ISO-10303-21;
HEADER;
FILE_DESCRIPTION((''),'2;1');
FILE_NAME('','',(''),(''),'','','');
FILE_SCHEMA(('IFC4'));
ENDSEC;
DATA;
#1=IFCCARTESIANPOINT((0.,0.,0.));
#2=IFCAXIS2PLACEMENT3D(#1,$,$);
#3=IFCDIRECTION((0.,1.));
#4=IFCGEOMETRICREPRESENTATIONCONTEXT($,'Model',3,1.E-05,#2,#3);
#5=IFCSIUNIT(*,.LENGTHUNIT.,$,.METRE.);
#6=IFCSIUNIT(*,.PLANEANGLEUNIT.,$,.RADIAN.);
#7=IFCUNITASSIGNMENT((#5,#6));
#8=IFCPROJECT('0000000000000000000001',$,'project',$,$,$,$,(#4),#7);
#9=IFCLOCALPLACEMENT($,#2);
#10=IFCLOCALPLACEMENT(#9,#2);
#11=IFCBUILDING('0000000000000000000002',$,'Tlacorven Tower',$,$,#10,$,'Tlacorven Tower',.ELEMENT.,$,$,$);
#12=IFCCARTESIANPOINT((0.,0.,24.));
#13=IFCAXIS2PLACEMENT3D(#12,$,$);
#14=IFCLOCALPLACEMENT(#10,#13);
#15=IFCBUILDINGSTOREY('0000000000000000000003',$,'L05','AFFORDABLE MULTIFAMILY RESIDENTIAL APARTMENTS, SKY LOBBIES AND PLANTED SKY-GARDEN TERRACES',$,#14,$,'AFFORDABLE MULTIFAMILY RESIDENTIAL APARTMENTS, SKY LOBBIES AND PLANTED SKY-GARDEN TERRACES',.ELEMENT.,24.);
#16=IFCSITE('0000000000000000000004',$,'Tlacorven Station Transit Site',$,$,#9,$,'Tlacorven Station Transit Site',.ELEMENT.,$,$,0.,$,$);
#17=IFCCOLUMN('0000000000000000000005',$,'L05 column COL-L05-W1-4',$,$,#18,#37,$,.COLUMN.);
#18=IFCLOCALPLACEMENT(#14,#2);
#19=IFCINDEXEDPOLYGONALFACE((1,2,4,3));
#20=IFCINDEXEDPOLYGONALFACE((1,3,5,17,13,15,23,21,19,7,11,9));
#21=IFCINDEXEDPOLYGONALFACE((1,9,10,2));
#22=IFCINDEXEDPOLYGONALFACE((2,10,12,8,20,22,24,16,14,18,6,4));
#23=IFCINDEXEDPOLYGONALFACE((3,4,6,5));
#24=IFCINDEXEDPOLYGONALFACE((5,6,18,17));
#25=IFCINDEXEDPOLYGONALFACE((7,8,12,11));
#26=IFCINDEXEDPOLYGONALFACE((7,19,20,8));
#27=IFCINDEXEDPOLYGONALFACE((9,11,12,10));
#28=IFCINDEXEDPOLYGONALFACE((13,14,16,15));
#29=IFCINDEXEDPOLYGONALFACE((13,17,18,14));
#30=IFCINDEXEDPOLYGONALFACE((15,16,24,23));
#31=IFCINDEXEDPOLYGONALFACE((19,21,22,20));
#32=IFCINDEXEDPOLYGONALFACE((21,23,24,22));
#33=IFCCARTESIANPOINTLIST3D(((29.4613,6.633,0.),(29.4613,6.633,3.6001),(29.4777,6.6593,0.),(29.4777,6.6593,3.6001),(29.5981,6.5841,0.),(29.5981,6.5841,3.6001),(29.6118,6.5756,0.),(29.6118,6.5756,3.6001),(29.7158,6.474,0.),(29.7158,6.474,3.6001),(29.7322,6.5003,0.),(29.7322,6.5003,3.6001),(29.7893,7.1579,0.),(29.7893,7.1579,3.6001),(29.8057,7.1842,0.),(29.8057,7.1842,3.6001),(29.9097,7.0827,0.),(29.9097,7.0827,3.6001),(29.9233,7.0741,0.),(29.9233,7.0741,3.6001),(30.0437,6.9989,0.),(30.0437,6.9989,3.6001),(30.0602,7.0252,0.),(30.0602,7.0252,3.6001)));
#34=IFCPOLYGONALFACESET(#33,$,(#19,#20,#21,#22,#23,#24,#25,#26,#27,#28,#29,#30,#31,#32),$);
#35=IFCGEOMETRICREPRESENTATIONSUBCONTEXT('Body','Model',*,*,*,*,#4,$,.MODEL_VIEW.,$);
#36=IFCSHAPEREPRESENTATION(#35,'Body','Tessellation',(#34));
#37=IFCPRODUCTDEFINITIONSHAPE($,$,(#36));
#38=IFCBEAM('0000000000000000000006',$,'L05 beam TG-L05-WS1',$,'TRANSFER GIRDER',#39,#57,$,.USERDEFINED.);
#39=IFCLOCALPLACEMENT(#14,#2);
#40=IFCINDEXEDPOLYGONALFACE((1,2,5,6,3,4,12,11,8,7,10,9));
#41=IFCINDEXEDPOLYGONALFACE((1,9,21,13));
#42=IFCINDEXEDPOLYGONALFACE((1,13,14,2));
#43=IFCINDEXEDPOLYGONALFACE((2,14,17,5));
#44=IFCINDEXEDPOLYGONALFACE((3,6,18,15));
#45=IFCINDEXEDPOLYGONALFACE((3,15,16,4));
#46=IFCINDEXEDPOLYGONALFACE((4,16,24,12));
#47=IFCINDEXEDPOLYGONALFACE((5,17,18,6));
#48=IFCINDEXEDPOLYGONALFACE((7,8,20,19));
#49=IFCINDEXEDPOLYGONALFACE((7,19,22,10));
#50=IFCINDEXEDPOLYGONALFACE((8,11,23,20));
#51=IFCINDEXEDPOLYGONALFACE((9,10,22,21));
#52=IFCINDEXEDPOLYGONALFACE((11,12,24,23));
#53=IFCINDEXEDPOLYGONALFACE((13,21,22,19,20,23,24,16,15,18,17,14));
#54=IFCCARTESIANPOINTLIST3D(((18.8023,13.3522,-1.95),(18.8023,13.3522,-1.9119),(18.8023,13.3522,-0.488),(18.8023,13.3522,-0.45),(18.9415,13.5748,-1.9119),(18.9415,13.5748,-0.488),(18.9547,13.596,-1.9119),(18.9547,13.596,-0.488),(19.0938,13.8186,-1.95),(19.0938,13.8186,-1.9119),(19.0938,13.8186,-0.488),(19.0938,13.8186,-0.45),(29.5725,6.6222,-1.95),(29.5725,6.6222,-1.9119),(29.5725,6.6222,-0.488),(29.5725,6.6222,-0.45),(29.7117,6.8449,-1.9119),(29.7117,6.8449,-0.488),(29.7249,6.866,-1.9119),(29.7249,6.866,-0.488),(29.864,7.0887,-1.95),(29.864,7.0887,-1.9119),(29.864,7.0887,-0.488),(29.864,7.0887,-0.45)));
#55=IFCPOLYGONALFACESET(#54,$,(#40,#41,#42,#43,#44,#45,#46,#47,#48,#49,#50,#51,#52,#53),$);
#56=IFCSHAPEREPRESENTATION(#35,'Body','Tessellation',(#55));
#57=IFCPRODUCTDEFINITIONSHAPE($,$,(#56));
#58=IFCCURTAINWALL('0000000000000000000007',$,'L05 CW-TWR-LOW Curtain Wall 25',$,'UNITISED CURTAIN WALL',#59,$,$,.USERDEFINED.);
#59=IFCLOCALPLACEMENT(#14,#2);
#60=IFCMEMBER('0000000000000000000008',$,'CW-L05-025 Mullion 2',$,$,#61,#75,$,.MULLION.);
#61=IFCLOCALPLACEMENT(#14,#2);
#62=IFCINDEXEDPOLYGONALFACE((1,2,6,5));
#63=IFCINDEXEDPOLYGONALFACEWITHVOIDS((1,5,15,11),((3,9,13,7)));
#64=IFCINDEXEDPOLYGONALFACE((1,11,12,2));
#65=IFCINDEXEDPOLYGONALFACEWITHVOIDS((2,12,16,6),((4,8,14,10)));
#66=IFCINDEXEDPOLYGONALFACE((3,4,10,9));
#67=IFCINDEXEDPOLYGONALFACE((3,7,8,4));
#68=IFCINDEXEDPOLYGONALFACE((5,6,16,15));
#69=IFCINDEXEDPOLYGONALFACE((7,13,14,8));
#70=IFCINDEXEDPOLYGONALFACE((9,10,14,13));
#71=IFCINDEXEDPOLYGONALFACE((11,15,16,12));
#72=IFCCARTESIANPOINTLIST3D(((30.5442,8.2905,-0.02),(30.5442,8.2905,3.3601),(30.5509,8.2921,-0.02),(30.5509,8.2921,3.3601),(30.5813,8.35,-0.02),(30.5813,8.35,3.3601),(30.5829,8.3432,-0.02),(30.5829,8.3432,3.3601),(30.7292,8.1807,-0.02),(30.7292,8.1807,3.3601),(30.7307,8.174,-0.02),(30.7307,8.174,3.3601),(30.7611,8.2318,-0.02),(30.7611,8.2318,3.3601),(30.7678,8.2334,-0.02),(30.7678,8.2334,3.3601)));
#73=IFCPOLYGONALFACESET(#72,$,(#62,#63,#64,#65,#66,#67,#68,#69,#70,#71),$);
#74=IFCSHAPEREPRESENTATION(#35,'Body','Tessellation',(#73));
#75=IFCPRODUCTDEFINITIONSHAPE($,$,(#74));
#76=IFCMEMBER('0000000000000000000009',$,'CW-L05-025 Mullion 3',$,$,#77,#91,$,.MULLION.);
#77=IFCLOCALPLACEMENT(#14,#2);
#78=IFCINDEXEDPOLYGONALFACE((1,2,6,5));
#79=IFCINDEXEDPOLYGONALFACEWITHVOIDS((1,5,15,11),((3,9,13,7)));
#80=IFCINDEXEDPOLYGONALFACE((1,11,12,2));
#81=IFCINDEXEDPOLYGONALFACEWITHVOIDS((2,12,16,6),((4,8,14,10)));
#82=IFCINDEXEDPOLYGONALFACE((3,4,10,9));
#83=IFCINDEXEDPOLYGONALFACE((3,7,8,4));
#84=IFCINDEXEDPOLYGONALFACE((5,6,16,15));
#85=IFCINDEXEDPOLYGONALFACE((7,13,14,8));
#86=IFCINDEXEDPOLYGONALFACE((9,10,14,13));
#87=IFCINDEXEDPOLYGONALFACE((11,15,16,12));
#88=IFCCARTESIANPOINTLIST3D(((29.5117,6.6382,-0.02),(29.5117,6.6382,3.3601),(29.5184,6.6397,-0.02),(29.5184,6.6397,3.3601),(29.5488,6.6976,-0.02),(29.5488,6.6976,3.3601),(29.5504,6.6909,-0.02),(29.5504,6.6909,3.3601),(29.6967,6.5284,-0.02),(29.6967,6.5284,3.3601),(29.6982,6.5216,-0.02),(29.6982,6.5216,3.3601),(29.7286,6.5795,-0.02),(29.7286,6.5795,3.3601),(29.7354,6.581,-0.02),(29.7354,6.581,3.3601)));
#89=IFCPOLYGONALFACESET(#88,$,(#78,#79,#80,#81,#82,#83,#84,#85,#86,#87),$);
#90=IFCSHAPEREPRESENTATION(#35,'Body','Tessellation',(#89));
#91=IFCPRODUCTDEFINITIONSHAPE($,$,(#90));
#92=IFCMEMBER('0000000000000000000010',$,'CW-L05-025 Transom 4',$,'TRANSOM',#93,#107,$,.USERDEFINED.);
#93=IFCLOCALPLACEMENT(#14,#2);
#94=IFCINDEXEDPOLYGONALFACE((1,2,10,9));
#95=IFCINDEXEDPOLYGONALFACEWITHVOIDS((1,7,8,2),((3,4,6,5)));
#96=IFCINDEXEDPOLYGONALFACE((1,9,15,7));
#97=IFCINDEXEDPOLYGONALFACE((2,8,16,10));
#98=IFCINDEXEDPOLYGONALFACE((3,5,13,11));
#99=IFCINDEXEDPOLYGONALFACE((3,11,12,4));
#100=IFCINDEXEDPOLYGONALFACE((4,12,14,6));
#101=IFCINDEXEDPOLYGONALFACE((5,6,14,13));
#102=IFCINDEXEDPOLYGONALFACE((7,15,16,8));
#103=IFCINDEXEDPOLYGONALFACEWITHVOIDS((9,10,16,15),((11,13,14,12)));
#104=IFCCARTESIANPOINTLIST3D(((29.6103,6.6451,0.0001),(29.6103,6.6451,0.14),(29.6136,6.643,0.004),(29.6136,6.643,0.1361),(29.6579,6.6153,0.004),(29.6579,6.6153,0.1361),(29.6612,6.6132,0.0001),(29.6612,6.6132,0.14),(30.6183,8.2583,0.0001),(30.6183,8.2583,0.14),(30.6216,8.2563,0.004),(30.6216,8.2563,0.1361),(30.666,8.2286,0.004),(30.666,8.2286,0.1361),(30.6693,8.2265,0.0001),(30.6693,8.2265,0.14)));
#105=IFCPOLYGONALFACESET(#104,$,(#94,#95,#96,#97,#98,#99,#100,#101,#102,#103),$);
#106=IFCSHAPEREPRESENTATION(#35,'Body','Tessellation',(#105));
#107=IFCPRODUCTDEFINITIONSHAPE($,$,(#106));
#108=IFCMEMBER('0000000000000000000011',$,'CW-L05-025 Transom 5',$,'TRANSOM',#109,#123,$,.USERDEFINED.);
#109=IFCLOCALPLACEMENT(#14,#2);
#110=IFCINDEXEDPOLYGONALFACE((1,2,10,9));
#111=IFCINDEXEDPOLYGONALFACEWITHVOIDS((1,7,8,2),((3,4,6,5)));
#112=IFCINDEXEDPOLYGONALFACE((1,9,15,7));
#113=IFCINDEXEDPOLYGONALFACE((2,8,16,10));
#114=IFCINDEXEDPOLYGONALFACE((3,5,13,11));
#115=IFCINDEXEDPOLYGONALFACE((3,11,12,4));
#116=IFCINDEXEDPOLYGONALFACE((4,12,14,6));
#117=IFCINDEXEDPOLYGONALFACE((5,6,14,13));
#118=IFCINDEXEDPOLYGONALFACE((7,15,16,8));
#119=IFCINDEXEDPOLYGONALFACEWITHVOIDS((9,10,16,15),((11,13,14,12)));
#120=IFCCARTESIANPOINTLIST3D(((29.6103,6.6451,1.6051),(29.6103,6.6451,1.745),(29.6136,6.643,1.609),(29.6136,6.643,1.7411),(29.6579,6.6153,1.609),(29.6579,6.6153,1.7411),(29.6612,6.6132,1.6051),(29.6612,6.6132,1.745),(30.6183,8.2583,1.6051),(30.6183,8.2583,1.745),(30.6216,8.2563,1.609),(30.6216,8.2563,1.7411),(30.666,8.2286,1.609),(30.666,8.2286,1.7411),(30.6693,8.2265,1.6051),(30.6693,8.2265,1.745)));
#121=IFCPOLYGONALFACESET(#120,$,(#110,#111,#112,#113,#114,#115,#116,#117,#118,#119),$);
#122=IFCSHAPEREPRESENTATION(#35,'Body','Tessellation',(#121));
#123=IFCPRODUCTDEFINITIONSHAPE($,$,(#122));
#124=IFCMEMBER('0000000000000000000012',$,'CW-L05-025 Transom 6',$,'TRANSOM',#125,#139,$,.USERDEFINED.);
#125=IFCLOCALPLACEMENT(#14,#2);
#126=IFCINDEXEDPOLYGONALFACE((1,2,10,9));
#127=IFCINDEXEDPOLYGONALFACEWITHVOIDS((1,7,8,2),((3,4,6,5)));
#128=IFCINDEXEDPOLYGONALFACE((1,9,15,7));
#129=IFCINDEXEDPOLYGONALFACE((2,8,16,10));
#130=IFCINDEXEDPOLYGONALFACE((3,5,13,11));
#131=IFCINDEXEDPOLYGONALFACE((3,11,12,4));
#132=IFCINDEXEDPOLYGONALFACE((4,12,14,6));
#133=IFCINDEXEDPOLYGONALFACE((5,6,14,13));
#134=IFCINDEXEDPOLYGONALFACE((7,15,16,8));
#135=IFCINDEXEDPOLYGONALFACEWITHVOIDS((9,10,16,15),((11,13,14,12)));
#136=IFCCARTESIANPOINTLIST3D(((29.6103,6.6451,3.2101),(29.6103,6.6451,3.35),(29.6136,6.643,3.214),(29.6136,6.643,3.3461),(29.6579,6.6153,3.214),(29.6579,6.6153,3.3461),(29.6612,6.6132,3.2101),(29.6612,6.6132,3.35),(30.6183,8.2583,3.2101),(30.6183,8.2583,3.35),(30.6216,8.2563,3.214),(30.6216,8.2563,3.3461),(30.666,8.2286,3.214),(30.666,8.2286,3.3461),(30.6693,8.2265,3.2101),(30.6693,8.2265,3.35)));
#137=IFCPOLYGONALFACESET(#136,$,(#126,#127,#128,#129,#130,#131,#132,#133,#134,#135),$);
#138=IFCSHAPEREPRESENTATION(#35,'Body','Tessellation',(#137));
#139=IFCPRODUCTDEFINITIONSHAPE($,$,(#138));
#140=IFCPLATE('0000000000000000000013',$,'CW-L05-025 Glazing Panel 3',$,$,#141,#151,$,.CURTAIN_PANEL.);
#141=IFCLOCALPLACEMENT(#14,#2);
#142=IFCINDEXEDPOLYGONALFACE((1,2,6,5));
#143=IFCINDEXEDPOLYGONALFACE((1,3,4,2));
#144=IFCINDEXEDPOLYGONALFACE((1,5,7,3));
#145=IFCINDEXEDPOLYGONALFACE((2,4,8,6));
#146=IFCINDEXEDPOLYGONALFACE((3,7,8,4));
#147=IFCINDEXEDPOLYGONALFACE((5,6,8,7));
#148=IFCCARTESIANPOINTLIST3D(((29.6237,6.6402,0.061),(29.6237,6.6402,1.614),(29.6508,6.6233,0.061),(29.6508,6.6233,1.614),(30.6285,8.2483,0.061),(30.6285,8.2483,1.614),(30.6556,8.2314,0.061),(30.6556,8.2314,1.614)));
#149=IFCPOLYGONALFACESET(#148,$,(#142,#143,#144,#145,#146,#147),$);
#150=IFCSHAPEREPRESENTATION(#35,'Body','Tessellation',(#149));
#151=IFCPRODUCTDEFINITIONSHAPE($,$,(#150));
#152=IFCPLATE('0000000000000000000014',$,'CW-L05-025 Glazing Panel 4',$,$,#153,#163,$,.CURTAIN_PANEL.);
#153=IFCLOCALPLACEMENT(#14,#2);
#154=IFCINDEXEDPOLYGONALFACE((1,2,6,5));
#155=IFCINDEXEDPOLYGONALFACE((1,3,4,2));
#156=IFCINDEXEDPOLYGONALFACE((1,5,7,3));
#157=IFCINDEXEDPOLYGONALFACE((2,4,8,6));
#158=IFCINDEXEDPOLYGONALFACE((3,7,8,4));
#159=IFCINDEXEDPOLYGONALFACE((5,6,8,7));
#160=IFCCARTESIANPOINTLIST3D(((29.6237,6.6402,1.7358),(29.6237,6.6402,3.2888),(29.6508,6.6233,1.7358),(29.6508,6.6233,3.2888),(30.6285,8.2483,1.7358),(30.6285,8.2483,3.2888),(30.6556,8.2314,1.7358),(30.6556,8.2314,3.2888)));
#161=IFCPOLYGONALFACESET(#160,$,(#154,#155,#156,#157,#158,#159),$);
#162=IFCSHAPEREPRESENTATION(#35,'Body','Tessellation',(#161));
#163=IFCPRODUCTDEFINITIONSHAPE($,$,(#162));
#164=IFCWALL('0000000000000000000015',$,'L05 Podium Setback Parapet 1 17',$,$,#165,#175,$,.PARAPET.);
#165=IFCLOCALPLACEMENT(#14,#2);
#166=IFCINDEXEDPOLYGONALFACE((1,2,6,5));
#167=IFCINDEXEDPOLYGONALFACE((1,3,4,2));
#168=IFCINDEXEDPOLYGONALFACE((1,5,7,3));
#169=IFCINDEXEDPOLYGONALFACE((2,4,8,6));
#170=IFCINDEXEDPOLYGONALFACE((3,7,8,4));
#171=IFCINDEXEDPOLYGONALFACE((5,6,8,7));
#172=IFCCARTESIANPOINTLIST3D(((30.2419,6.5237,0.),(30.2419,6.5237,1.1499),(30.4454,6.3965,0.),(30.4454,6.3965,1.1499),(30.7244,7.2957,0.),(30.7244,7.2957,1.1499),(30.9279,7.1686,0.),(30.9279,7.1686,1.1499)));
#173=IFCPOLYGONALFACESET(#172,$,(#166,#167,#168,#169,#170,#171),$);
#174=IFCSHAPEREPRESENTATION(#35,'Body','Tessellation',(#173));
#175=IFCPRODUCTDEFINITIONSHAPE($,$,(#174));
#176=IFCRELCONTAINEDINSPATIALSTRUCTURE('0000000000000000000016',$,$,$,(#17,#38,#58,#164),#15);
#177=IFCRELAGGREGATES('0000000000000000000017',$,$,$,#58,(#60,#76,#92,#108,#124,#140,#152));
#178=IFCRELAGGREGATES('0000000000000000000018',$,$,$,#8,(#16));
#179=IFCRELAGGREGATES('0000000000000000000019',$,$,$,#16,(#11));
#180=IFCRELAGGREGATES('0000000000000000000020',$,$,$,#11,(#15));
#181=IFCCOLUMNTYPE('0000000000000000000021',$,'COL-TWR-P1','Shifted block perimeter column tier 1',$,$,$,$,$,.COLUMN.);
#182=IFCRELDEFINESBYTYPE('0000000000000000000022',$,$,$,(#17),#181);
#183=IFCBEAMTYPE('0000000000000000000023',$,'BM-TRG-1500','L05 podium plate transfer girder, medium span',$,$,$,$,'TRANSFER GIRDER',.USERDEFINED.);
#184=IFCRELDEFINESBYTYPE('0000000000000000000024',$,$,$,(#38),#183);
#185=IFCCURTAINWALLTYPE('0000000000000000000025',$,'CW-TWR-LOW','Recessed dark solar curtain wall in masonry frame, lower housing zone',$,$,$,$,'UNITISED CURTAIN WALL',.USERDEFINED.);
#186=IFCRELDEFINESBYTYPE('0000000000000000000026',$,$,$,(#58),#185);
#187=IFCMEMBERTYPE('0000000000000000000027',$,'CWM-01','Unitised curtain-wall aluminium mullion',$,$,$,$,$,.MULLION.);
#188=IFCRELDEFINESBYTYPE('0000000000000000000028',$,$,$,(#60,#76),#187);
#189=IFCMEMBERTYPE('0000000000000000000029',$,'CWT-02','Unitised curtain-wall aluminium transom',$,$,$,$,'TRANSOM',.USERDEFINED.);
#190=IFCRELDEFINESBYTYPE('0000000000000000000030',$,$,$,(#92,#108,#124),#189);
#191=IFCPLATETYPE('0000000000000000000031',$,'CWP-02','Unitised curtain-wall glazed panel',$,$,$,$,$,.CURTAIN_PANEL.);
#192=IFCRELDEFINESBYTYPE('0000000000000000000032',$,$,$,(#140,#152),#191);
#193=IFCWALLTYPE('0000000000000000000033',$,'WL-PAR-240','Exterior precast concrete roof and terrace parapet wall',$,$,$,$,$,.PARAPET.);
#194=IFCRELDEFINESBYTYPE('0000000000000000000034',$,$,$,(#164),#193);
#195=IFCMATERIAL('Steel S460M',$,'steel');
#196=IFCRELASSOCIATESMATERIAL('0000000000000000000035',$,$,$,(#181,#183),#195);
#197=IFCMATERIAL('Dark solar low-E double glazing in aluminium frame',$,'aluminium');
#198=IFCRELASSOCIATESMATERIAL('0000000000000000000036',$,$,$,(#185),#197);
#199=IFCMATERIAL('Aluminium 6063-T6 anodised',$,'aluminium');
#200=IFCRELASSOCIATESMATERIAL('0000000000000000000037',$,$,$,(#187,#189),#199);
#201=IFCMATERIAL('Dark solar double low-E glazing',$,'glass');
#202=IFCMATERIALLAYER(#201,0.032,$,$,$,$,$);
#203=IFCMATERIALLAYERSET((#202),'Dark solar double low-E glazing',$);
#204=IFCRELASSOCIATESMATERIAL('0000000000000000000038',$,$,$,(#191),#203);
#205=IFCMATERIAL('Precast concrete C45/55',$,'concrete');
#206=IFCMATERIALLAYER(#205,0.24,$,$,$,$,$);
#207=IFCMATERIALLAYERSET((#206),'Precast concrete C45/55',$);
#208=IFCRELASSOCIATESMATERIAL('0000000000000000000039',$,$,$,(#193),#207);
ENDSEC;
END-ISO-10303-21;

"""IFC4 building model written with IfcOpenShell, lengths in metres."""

from ifc_helpers import new_model, si_unit, direction, frame, frame_2d, origin, origin_2d, place, context, subcontext, project, spatial, rectangle, hollow_rectangle, i_section, extrude, source, transform, mapped, material, layer, layer_set, material_profile, profile_set, type_object, element, aggregate, save


model = new_model("IFC4")

# Units and contexts
model_context = context("Model", 3, precision=1e-05, world=origin(), true_north=direction((0.0, 1.0)))
body_context = subcontext(model_context, "Body", "Model", "MODEL_VIEW")
ifc_project = project(units=[si_unit("LENGTHUNIT", "METRE"), si_unit("PLANEANGLEUNIT", "RADIAN")], contexts=[model_context])

# Site, building, storey
site_placement = place(None, origin())
site = spatial("IfcSite", under=ifc_project, at=site_placement, Name="Tlacorven Station Transit Site", LongName="Tlacorven Station Transit Site", CompositionType="ELEMENT", RefElevation=0.0)
building_placement = place(site_placement, origin())
building = spatial("IfcBuilding", under=site, at=building_placement, Name="Tlacorven Tower", LongName="Tlacorven Tower", CompositionType="ELEMENT")
storey_placement = place(building_placement, frame((0.0, 0.0, 24.0)))
storey = spatial("IfcBuildingStorey", under=building, at=storey_placement, Name="L05", Description="AFFORDABLE MULTIFAMILY RESIDENTIAL APARTMENTS, SKY LOBBIES AND PLANTED SKY-GARDEN TERRACES", LongName="AFFORDABLE MULTIFAMILY RESIDENTIAL APARTMENTS, SKY LOBBIES AND PLANTED SKY-GARDEN TERRACES", CompositionType="ELEMENT", Elevation=24.0)

# Column
ifc_material_1 = material(Name="Steel S460M", Category="steel")
ifc_material_profile_1 = material_profile(ifc_material_1, i_section(OverallWidth=0.3, OverallDepth=0.6499, WebThickness=0.0161, FlangeThickness=0.031, at=origin_2d()), Name="HEB 650")
ifc_profile_set_1 = profile_set([ifc_material_profile_1], Name="Steel S460M")
column_type = type_object("IfcColumnType", Name="COL-TWR-P1", Description="Shifted block perimeter column tier 1", PredefinedType="COLUMN", material=ifc_profile_set_1)
shared_shape_1 = source(origin(), body_context, "Body", "SweptSolid", [
    extrude(i_section(OverallWidth=0.3, OverallDepth=0.6499, WebThickness=0.0161, FlangeThickness=0.031, at=origin_2d()), origin(), (0.0, 0.0, 1.0), 3.6001),
])
column_placement = place(storey_placement, frame((29.7607, 6.8291, 0.0), z_axis=(0.0, 0.0, 1.0), x_axis=(-0.848048, 0.529919, 0.0)))
element("IfcColumn", 1, at=column_placement, inside=storey, type_object=column_type, Name="L05 column COL-L05-W1-4", PredefinedType="COLUMN", context=body_context, shape_type="MappedRepresentation", body=[
    mapped(shared_shape_1, transform((0.0, 0.0, 0.0), scale=1.0)),
])

# Beam
ifc_material_profile_2 = material_profile(ifc_material_1, i_section(OverallWidth=0.55, OverallDepth=1.5, WebThickness=0.0249, FlangeThickness=0.0381, at=origin_2d()), Name="PG 1500X550X25X38")
ifc_profile_set_2 = profile_set([ifc_material_profile_2], Name="Steel S460M")
beam_type = type_object("IfcBeamType", Name="BM-TRG-1500", Description="L05 podium plate transfer girder, medium span", ElementType="TRANSFER GIRDER", PredefinedType="USERDEFINED", material=ifc_profile_set_2)
shared_shape_2 = source(origin(), body_context, "Body", "SweptSolid", [
    extrude(i_section(OverallWidth=0.55, OverallDepth=1.5, WebThickness=0.0249, FlangeThickness=0.0381, at=origin_2d()), origin(), (0.0, 0.0, 1.0), 12.7),
])
beam_placement = place(storey_placement, frame((29.7183, 6.8555, -1.2), z_axis=(-0.848049, 0.529918, 0.0), x_axis=(-0.529918, -0.848049, 0.0)))
element("IfcBeam", 2, at=beam_placement, inside=storey, type_object=beam_type, Name="L05 beam TG-L05-WS1", ObjectType="TRANSFER GIRDER", PredefinedType="USERDEFINED", context=body_context, shape_type="MappedRepresentation", body=[
    mapped(shared_shape_2, transform((0.0, 0.0, 0.0), scale=1.0)),
])

# Curtain wall, members, plates
ifc_material_2 = material(Name="Dark solar low-E double glazing in aluminium frame", Category="aluminium")
curtain_wall_type = type_object("IfcCurtainWallType", Name="CW-TWR-LOW", Description="Recessed dark solar curtain wall in masonry frame, lower housing zone", ElementType="UNITISED CURTAIN WALL", PredefinedType="USERDEFINED", material=ifc_material_2)
curtain_wall_placement = place(storey_placement, origin())
curtain_wall = element("IfcCurtainWall", 3, at=curtain_wall_placement, inside=storey, type_object=curtain_wall_type, Name="L05 CW-TWR-LOW Curtain Wall 25", ObjectType="UNITISED CURTAIN WALL", PredefinedType="USERDEFINED")
ifc_material_3 = material(Name="Aluminium 6063-T6 anodised", Category="aluminium")
ifc_material_profile_3 = material_profile(ifc_material_3, hollow_rectangle(XDim=0.0701, YDim=0.22, WallThickness=0.0049, at=origin_2d()), Name="ALU MULLION 70X220")
ifc_profile_set_3 = profile_set([ifc_material_profile_3], Name="Aluminium 6063-T6 anodised")
member_type_1 = type_object("IfcMemberType", Name="CWM-01", Description="Unitised curtain-wall aluminium mullion", PredefinedType="MULLION", material=ifc_profile_set_3)
shared_shape_3 = source(origin(), body_context, "Body", "SweptSolid", [
    extrude(hollow_rectangle(XDim=0.0701, YDim=0.22, WallThickness=0.0049, at=origin_2d()), origin(), (0.0, 0.0, 1.0), 3.3801),
])
member_1_placement = place(storey_placement, frame((30.656, 8.262, -0.02), z_axis=(0.0, 0.0, 1.0), x_axis=(-0.529919, -0.848048, 0.0)))
member_1 = element("IfcMember", 4, at=member_1_placement, type_object=member_type_1, Name="CW-L05-025 Mullion 2", PredefinedType="MULLION", context=body_context, shape_type="MappedRepresentation", body=[
    mapped(shared_shape_3, transform((0.0, 0.0, 0.0), scale=1.0)),
])
member_2_placement = place(storey_placement, frame((29.6235, 6.6096, -0.02), z_axis=(0.0, 0.0, 1.0), x_axis=(-0.529919, -0.848048, 0.0)))
member_2 = element("IfcMember", 5, at=member_2_placement, type_object=member_type_1, Name="CW-L05-025 Mullion 3", PredefinedType="MULLION", context=body_context, shape_type="MappedRepresentation", body=[
    mapped(shared_shape_3, transform((0.0, 0.0, 0.0), scale=1.0)),
])
ifc_material_profile_4 = material_profile(ifc_material_3, hollow_rectangle(XDim=0.0601, YDim=0.1399, WallThickness=0.0039, at=origin_2d()), Name="ALU TRANSOM 60X140")
ifc_profile_set_4 = profile_set([ifc_material_profile_4], Name="Aluminium 6063-T6 anodised")
member_type_2 = type_object("IfcMemberType", Name="CWT-02", Description="Unitised curtain-wall aluminium transom", ElementType="TRANSOM", PredefinedType="USERDEFINED", material=ifc_profile_set_4)
shared_shape_4 = source(origin(), body_context, "Body", "SweptSolid", [
    extrude(hollow_rectangle(XDim=0.0601, YDim=0.1399, WallThickness=0.0039, at=origin_2d()), origin(), (0.0, 0.0, 1.0), 1.9023),
])
member_3_placement = place(storey_placement, frame((30.6438, 8.2424, 0.0701), z_axis=(-0.529907, -0.848056, 0.0), x_axis=(0.848056, -0.529907, 0.0)))
member_3 = element("IfcMember", 6, at=member_3_placement, type_object=member_type_2, Name="CW-L05-025 Transom 4", ObjectType="TRANSOM", PredefinedType="USERDEFINED", context=body_context, shape_type="MappedRepresentation", body=[
    mapped(shared_shape_4, transform((0.0, 0.0, 0.0), scale=1.0)),
])
member_4_placement = place(storey_placement, frame((30.6438, 8.2424, 1.675), z_axis=(-0.529907, -0.848056, 0.0), x_axis=(0.848056, -0.529907, 0.0)))
member_4 = element("IfcMember", 7, at=member_4_placement, type_object=member_type_2, Name="CW-L05-025 Transom 5", ObjectType="TRANSOM", PredefinedType="USERDEFINED", context=body_context, shape_type="MappedRepresentation", body=[
    mapped(shared_shape_4, transform((0.0, 0.0, 0.0), scale=1.0)),
])
member_5_placement = place(storey_placement, frame((30.6438, 8.2424, 3.28), z_axis=(-0.529907, -0.848056, 0.0), x_axis=(0.848056, -0.529907, 0.0)))
member_5 = element("IfcMember", 8, at=member_5_placement, type_object=member_type_2, Name="CW-L05-025 Transom 6", ObjectType="TRANSOM", PredefinedType="USERDEFINED", context=body_context, shape_type="MappedRepresentation", body=[
    mapped(shared_shape_4, transform((0.0, 0.0, 0.0), scale=1.0)),
])
ifc_material_4 = material(Name="Dark solar double low-E glazing", Category="glass")
ifc_layer_1 = layer(ifc_material_4, 0.032)
ifc_layer_set_1 = layer_set([ifc_layer_1], Name="Dark solar double low-E glazing")
plate_type = type_object("IfcPlateType", Name="CWP-02", Description="Unitised curtain-wall glazed panel", PredefinedType="CURTAIN_PANEL", material=ifc_layer_set_1)
shared_shape_5 = source(origin(), body_context, "Body", "SweptSolid", [
    extrude(rectangle(XDim=1.8962, YDim=0.032, at=origin_2d()), origin(), (0.0, 0.0, 1.0), 1.553),
])
plate_1_placement = place(storey_placement, frame((30.1396, 7.4358, 0.061), z_axis=(0.0, 0.0, 1.0), x_axis=(-0.529919, -0.848048, 0.0)))
plate_1 = element("IfcPlate", 9, at=plate_1_placement, type_object=plate_type, Name="CW-L05-025 Glazing Panel 3", PredefinedType="CURTAIN_PANEL", context=body_context, shape_type="MappedRepresentation", body=[
    mapped(shared_shape_5, transform((0.0, 0.0, 0.0), scale=1.0)),
])
plate_2_placement = place(storey_placement, frame((30.1396, 7.4358, 1.7358), z_axis=(0.0, 0.0, 1.0), x_axis=(-0.529919, -0.848048, 0.0)))
plate_2 = element("IfcPlate", 10, at=plate_2_placement, type_object=plate_type, Name="CW-L05-025 Glazing Panel 4", PredefinedType="CURTAIN_PANEL", context=body_context, shape_type="MappedRepresentation", body=[
    mapped(shared_shape_5, transform((0.0, 0.0, 0.0), scale=1.0)),
])
aggregate(curtain_wall, [member_1, member_2, member_3, member_4, member_5, plate_1, plate_2])

# Wall
ifc_material_5 = material(Name="Precast concrete C45/55", Category="concrete")
ifc_layer_2 = layer(ifc_material_5, 0.24)
ifc_layer_set_2 = layer_set([ifc_layer_2], Name="Precast concrete C45/55")
wall_type_1 = type_object("IfcWallType", Name="WL-PAR-240", Description="Exterior precast concrete roof and terrace parapet wall", PredefinedType="PARAPET", material=ifc_layer_set_2)
wall_1_placement = place(storey_placement, frame((30.3438, 6.4602, 0.0), z_axis=(0.0, 0.0, 1.0), x_axis=(0.529951, 0.848028, 0.0)))
element("IfcWall", 11, at=wall_1_placement, inside=storey, type_object=wall_type_1, Name="L05 Podium Setback Parapet 1 17", PredefinedType="PARAPET", context=body_context, shape_type="SweptSolid", body=[
    extrude(rectangle(XDim=0.9104, YDim=0.24, at=frame_2d((0.4551, 0.0))), origin(), (0.0, 0.0, 1.0), 1.1499),
])

save(model, "model.ifc")
